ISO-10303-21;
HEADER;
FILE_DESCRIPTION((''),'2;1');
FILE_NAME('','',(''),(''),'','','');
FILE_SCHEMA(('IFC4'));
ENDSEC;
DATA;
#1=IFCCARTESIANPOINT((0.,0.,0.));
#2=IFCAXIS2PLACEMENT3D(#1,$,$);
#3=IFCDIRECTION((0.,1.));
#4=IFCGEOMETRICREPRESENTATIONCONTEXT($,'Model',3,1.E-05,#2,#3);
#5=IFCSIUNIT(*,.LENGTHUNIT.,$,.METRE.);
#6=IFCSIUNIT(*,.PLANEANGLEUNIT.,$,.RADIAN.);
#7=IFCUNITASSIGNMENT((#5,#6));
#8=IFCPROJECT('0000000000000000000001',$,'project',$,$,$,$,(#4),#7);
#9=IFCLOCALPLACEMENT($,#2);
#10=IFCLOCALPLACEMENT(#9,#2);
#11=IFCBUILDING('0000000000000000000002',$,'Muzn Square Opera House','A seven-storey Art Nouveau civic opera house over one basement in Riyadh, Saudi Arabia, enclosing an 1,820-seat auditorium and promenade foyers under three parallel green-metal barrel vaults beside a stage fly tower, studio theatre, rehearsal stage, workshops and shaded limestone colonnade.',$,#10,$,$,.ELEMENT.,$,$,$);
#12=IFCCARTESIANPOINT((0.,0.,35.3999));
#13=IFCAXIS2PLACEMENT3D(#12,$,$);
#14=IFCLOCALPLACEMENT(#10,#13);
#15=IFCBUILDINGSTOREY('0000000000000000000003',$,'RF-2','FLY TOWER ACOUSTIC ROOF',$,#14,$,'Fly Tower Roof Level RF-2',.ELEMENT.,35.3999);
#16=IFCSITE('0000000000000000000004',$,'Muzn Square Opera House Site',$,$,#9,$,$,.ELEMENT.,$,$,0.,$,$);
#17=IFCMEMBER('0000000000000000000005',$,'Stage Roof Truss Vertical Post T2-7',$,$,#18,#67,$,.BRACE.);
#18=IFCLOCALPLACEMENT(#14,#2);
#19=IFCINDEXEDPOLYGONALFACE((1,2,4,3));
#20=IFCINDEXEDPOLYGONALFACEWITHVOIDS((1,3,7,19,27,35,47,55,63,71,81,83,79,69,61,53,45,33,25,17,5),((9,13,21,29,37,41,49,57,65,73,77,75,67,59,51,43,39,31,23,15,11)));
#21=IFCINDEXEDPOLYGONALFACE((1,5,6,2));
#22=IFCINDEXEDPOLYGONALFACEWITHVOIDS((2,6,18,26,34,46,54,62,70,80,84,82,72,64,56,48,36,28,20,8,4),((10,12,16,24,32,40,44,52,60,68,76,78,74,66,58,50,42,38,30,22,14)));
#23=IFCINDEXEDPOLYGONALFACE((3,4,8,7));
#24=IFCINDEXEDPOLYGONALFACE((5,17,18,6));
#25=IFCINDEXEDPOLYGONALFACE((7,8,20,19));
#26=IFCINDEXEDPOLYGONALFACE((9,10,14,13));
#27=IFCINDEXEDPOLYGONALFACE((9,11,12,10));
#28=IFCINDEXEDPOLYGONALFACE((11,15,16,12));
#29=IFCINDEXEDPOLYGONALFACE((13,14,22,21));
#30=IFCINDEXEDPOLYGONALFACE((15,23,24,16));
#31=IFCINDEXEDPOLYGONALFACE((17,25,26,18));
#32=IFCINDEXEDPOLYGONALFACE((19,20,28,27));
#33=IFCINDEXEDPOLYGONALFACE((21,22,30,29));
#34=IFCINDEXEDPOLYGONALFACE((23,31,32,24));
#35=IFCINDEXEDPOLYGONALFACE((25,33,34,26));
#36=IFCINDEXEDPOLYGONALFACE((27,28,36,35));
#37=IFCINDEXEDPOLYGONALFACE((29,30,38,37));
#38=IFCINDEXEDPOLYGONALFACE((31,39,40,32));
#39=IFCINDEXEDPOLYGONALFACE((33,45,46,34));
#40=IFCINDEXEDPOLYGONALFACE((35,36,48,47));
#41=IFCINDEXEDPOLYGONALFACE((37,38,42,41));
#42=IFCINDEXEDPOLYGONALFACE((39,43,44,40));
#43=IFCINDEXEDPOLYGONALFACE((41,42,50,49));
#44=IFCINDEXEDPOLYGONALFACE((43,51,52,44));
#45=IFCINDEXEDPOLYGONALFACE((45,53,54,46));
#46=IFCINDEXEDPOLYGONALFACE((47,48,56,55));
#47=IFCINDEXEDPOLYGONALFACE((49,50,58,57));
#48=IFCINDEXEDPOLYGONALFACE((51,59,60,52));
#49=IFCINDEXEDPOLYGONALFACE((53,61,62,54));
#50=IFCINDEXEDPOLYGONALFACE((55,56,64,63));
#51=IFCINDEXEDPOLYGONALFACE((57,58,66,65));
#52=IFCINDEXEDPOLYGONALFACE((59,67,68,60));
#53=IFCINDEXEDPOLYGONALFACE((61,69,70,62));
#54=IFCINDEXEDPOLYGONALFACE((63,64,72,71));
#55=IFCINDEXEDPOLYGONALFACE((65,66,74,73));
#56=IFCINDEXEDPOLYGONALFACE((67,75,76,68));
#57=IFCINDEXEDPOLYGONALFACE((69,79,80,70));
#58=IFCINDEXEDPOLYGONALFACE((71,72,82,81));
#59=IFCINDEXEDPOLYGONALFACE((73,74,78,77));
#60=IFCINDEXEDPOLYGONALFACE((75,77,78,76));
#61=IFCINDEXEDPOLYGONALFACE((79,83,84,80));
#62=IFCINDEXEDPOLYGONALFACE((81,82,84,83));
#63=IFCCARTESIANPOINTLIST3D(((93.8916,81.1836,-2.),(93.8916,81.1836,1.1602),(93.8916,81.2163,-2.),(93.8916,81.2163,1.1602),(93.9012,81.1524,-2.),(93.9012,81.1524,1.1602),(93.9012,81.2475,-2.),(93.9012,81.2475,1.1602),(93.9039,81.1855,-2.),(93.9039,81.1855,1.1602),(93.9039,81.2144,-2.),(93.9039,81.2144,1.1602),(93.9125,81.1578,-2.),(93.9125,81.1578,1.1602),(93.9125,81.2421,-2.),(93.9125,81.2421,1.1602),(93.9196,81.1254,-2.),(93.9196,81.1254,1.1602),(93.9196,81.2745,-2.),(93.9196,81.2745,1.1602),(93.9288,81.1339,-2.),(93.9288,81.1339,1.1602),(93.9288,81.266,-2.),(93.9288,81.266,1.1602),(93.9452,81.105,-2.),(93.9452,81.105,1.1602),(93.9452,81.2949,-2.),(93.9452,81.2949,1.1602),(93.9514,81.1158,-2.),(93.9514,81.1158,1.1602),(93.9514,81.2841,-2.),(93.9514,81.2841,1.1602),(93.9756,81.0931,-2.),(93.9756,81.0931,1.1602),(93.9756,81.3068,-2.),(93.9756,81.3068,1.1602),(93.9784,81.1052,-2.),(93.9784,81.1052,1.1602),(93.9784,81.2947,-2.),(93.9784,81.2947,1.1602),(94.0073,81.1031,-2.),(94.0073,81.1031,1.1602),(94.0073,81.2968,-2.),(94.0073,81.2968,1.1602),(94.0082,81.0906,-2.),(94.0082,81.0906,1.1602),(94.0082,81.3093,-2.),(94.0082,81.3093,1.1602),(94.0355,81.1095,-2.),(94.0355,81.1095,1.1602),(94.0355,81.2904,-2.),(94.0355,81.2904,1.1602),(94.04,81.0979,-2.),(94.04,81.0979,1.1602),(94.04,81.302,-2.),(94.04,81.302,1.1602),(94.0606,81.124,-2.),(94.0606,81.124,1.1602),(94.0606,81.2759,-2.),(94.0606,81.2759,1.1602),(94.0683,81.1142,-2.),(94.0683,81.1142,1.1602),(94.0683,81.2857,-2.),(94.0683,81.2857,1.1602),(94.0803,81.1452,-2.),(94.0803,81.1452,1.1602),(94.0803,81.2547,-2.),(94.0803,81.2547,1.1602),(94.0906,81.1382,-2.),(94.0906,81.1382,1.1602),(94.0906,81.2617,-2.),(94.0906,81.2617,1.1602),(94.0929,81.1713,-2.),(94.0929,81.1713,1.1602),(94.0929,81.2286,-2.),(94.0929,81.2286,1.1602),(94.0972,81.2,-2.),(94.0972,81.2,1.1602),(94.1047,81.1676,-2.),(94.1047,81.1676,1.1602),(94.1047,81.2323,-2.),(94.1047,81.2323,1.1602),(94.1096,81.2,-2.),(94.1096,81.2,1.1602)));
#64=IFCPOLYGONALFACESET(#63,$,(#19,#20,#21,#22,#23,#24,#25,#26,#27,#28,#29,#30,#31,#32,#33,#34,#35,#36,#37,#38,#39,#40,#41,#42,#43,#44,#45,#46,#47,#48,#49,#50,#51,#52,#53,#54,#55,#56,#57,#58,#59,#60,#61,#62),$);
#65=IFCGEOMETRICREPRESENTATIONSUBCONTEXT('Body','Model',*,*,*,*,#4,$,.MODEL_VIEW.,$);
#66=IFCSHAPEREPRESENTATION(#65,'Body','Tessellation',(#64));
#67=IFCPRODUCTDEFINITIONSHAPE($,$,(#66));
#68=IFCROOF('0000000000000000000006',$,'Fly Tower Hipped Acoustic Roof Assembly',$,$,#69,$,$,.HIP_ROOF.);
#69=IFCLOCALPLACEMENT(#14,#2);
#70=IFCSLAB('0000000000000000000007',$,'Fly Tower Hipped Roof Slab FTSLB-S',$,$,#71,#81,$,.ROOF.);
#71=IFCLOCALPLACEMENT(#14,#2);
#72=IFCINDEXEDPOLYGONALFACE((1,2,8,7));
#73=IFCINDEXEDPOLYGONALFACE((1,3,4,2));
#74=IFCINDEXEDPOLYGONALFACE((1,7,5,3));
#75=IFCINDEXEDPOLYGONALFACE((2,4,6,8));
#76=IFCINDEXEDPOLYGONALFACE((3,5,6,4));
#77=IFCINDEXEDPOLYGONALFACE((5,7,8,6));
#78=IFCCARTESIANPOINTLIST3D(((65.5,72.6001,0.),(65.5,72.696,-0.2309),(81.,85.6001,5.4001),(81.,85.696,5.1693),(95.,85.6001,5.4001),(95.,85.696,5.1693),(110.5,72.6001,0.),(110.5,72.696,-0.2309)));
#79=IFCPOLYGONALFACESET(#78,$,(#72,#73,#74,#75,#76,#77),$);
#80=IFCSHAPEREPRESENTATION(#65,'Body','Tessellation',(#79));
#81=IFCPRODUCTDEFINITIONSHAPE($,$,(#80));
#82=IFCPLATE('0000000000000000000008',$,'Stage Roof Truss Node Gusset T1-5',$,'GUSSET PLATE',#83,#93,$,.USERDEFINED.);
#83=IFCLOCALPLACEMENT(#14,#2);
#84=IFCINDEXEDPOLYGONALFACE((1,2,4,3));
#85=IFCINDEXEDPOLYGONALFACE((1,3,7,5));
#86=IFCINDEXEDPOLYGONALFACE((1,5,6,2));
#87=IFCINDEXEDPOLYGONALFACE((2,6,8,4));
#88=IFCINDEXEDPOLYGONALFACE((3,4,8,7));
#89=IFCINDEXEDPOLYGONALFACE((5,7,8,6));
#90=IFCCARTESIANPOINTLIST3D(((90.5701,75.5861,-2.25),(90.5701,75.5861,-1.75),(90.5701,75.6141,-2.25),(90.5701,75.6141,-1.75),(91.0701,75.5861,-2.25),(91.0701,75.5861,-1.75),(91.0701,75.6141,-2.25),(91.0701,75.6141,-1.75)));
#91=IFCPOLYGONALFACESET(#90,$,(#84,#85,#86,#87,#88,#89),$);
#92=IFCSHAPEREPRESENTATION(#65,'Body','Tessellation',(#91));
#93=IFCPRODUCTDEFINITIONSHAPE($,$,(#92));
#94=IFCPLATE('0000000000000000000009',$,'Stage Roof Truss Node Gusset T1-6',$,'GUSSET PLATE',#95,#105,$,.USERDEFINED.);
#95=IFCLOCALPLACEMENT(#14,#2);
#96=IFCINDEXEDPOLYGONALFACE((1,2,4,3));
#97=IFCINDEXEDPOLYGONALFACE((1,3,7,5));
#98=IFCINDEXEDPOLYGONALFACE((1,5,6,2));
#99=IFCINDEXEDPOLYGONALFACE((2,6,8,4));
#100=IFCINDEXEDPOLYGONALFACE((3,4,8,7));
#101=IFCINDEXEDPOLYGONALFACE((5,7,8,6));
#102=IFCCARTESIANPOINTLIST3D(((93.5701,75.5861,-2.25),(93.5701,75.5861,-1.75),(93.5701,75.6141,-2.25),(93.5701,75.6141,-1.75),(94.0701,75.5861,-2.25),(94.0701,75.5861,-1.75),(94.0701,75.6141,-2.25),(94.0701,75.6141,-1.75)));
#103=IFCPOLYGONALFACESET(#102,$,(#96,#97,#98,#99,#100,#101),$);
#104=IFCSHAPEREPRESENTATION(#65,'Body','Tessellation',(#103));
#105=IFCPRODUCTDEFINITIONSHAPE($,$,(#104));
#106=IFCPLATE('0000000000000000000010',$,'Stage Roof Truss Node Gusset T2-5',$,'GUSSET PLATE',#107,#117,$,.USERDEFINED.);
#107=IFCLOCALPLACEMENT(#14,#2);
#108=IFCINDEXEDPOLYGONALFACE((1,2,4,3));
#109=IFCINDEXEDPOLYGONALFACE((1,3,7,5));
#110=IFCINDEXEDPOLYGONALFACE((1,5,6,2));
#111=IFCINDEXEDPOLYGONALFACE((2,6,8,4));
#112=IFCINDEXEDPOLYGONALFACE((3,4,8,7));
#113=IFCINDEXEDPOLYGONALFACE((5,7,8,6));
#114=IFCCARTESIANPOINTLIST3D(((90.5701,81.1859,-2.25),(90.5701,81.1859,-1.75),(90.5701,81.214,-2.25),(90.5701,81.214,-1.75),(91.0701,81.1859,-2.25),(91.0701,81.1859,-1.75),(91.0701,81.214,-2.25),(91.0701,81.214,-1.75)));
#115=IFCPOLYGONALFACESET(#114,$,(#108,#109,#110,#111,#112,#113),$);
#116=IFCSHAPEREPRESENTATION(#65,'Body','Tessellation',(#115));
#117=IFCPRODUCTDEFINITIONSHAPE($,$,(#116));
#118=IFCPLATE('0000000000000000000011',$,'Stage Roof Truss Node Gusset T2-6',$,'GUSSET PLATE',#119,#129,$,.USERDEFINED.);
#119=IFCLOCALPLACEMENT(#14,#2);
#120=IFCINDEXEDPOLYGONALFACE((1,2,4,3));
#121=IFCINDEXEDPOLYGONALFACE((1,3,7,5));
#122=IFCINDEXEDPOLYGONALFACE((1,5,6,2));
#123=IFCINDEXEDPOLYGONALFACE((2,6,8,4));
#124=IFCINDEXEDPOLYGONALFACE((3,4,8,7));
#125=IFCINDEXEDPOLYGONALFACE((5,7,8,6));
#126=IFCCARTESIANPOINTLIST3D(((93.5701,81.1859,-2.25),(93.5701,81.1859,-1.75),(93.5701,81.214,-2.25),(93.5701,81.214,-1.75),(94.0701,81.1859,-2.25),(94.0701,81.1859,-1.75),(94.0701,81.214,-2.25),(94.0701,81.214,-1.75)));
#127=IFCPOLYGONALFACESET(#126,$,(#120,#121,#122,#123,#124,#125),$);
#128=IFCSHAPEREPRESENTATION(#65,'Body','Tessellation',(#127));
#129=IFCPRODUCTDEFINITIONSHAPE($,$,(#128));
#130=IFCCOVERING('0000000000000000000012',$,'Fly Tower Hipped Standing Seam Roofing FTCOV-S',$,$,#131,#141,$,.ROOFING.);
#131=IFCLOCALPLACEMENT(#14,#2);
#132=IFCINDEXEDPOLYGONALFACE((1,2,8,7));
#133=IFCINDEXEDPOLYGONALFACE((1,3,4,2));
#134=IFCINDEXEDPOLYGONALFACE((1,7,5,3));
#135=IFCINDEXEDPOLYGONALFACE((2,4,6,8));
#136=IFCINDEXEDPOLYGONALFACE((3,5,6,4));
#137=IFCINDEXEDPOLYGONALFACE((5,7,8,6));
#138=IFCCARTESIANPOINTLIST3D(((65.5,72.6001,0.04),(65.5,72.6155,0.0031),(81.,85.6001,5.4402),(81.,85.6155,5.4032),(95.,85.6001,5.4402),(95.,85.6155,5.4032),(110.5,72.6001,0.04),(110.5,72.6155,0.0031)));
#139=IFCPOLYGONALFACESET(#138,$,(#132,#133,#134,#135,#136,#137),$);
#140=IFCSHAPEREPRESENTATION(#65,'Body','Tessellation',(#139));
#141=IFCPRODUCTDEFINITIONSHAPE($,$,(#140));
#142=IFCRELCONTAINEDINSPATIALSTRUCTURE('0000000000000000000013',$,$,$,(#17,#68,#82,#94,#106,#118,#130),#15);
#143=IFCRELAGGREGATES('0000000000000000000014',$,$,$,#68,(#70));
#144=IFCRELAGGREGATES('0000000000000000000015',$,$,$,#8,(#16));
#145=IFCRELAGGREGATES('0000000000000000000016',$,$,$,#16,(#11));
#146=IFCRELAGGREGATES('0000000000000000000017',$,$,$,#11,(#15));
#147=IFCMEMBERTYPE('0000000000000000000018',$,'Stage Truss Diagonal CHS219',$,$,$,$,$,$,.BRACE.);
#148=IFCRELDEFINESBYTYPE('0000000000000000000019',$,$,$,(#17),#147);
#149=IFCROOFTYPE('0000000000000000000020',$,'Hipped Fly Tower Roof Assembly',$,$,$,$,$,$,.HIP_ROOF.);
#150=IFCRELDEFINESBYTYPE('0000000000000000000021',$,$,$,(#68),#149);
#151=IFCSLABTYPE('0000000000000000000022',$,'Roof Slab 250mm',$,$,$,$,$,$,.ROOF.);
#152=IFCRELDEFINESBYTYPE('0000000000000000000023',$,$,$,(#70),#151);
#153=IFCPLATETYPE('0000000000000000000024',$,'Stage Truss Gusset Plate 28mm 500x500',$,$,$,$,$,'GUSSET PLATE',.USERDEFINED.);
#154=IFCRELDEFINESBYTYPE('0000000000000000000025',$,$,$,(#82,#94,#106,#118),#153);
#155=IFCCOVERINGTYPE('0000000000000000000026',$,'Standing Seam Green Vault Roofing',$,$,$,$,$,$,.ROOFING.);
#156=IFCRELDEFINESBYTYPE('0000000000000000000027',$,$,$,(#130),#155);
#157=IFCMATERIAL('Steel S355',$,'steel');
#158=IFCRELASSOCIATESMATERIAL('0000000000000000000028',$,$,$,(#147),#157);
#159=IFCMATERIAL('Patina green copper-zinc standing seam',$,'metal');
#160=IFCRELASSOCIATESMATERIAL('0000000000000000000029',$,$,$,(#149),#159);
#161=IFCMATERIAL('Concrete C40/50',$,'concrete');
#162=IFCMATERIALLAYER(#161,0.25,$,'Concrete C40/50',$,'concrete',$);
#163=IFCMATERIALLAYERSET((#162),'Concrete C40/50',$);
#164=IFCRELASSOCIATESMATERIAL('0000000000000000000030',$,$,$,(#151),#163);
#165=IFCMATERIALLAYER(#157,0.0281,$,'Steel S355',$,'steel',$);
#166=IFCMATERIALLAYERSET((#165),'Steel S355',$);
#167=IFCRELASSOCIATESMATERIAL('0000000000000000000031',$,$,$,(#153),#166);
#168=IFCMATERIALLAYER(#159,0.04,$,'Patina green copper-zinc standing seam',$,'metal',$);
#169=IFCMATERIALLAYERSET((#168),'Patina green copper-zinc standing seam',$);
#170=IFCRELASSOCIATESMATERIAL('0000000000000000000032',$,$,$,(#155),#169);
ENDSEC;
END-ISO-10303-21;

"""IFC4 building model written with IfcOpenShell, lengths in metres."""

from ifc_helpers import new_model, si_unit, direction, frame, origin, origin_2d, place, context, subcontext, project, spatial, polyline, rectangle, hollow_circle, outline, extrude, material, layer, layer_set, material_profile, profile_set, type_object, element, aggregate, save


model = new_model("IFC4")

# Units and contexts
model_context = context("Model", 3, precision=1e-05, world=origin(), true_north=direction((0.0, 1.0)))
body_context = subcontext(model_context, "Body", "Model", "MODEL_VIEW")
ifc_project = project(units=[si_unit("LENGTHUNIT", "METRE"), si_unit("PLANEANGLEUNIT", "RADIAN")], contexts=[model_context])

# Site, building, storey
site_placement = place(None, origin())
site = spatial("IfcSite", under=ifc_project, at=site_placement, Name="Muzn Square Opera House Site", CompositionType="ELEMENT", RefElevation=0.0)
building_placement = place(site_placement, origin())
building = spatial("IfcBuilding", under=site, at=building_placement, Name="Muzn Square Opera House", Description="A seven-storey Art Nouveau civic opera house over one basement in Riyadh, Saudi Arabia, enclosing an 1,820-seat auditorium and promenade foyers under three parallel green-metal barrel vaults beside a stage fly tower, studio theatre, rehearsal stage, workshops and shaded limestone colonnade.", CompositionType="ELEMENT")
storey_placement = place(building_placement, frame((0.0, 0.0, 35.3999)))
storey = spatial("IfcBuildingStorey", under=building, at=storey_placement, Name="RF-2", Description="FLY TOWER ACOUSTIC ROOF", LongName="Fly Tower Roof Level RF-2", CompositionType="ELEMENT", Elevation=35.3999)

# Member
ifc_material_1 = material(Name="Steel S355", Category="steel")
ifc_material_profile_1 = material_profile(ifc_material_1, hollow_circle(Radius=0.1096, WallThickness=0.0125, at=origin_2d()), Name="CHS 219.1x12.5", Category="steel")
ifc_profile_set_1 = profile_set([ifc_material_profile_1], Name="Steel S355")
member_type_1 = type_object("IfcMemberType", Name="Stage Truss Diagonal CHS219", PredefinedType="BRACE", material=ifc_profile_set_1)
member_1_placement = place(storey_placement, frame((94.0, 81.2, -2.0), z_axis=(0.0, 0.0, 1.0), x_axis=(1.0, 0.0, 0.0)))
element("IfcMember", 1, at=member_1_placement, inside=storey, type_object=member_type_1, Name="Stage Roof Truss Vertical Post T2-7", PredefinedType="BRACE", context=body_context, shape_type="SweptSolid", body=[
    extrude(hollow_circle(Radius=0.1096, WallThickness=0.0125, at=origin_2d()), origin(), (0.0, 0.0, 1.0), 3.1602),
])

# Roof, slab
ifc_material_2 = material(Name="Patina green copper-zinc standing seam", Category="metal")
roof_type = type_object("IfcRoofType", Name="Hipped Fly Tower Roof Assembly", PredefinedType="HIP_ROOF", material=ifc_material_2)
roof_placement = place(storey_placement, origin())
roof = element("IfcRoof", 2, at=roof_placement, inside=storey, type_object=roof_type, Name="Fly Tower Hipped Acoustic Roof Assembly", PredefinedType="HIP_ROOF")
ifc_material_3 = material(Name="Concrete C40/50", Category="concrete")
ifc_layer_1 = layer(ifc_material_3, 0.25, Name="Concrete C40/50", Category="concrete")
ifc_layer_set_1 = layer_set([ifc_layer_1], Name="Concrete C40/50")
slab_type = type_object("IfcSlabType", Name="Roof Slab 250mm", PredefinedType="ROOF", material=ifc_layer_set_1)
slab_placement = place(storey_placement, frame((95.0, 85.6001, 5.4001), z_axis=(0.0, -0.383615, 0.923493), x_axis=(-1.0, 0.0, 0.0)))
slab = element("IfcSlab", 3, at=slab_placement, type_object=slab_type, Name="Fly Tower Hipped Roof Slab FTSLB-S", PredefinedType="ROOF", context=body_context, shape_type="SweptSolid", body=[
    extrude(outline(polyline([(29.5, 14.077), (-15.5, 14.077), (0.0, 0.0), (14.0, 0.0), (29.5, 14.077)])), origin(), (0.0, 0.0, -1.0), 0.25),
])
aggregate(roof, [slab])

# Plates
ifc_layer_2 = layer(ifc_material_1, 0.0281, Name="Steel S355", Category="steel")
ifc_layer_set_2 = layer_set([ifc_layer_2], Name="Steel S355")
plate_type = type_object("IfcPlateType", Name="Stage Truss Gusset Plate 28mm 500x500", ElementType="GUSSET PLATE", PredefinedType="USERDEFINED", material=ifc_layer_set_2)
for number, where, z_axis, x_axis, name in (
    (4, (90.8201, 75.6001, -2.25), (0.0, 0.0, 1.0), (1.0, 0.0, 0.0), "Stage Roof Truss Node Gusset T1-5"),
    (5, (93.8201, 75.6001, -2.25), (0.0, 0.0, 1.0), (1.0, 0.0, 0.0), "Stage Roof Truss Node Gusset T1-6"),
    (6, (90.8201, 81.2, -2.25), (0.0, 0.0, 1.0), (1.0, 0.0, 0.0), "Stage Roof Truss Node Gusset T2-5"),
    (7, (93.8201, 81.2, -2.25), (0.0, 0.0, 1.0), (1.0, 0.0, 0.0), "Stage Roof Truss Node Gusset T2-6"),
):
    element("IfcPlate", number, at=place(storey_placement, frame(where, z_axis=z_axis, x_axis=x_axis)), inside=storey, type_object=plate_type, Name=name, ObjectType="GUSSET PLATE", PredefinedType="USERDEFINED", context=body_context, shape_type="SweptSolid", body=[
        extrude(rectangle(XDim=0.5, YDim=0.0281, at=origin_2d()), origin(), (0.0, 0.0, 1.0), 0.5),
    ])

# Covering
ifc_layer_3 = layer(ifc_material_2, 0.04, Name="Patina green copper-zinc standing seam", Category="metal")
ifc_layer_set_3 = layer_set([ifc_layer_3], Name="Patina green copper-zinc standing seam")
covering_type = type_object("IfcCoveringType", Name="Standing Seam Green Vault Roofing", PredefinedType="ROOFING", material=ifc_layer_set_3)
covering_placement = place(storey_placement, frame((95.0, 85.6001, 5.4402), z_axis=(0.0, -0.383615, 0.923493), x_axis=(-1.0, 0.0, 0.0)))
element("IfcCovering", 8, at=covering_placement, inside=storey, type_object=covering_type, Name="Fly Tower Hipped Standing Seam Roofing FTCOV-S", PredefinedType="ROOFING", context=body_context, shape_type="SweptSolid", body=[
    extrude(outline(polyline([(29.5, 14.077), (-15.5, 14.077), (0.0, 0.0), (14.0, 0.0), (29.5, 14.077)])), origin(), (0.0, 0.0, -1.0), 0.04),
])

save(model, "model.ifc")
